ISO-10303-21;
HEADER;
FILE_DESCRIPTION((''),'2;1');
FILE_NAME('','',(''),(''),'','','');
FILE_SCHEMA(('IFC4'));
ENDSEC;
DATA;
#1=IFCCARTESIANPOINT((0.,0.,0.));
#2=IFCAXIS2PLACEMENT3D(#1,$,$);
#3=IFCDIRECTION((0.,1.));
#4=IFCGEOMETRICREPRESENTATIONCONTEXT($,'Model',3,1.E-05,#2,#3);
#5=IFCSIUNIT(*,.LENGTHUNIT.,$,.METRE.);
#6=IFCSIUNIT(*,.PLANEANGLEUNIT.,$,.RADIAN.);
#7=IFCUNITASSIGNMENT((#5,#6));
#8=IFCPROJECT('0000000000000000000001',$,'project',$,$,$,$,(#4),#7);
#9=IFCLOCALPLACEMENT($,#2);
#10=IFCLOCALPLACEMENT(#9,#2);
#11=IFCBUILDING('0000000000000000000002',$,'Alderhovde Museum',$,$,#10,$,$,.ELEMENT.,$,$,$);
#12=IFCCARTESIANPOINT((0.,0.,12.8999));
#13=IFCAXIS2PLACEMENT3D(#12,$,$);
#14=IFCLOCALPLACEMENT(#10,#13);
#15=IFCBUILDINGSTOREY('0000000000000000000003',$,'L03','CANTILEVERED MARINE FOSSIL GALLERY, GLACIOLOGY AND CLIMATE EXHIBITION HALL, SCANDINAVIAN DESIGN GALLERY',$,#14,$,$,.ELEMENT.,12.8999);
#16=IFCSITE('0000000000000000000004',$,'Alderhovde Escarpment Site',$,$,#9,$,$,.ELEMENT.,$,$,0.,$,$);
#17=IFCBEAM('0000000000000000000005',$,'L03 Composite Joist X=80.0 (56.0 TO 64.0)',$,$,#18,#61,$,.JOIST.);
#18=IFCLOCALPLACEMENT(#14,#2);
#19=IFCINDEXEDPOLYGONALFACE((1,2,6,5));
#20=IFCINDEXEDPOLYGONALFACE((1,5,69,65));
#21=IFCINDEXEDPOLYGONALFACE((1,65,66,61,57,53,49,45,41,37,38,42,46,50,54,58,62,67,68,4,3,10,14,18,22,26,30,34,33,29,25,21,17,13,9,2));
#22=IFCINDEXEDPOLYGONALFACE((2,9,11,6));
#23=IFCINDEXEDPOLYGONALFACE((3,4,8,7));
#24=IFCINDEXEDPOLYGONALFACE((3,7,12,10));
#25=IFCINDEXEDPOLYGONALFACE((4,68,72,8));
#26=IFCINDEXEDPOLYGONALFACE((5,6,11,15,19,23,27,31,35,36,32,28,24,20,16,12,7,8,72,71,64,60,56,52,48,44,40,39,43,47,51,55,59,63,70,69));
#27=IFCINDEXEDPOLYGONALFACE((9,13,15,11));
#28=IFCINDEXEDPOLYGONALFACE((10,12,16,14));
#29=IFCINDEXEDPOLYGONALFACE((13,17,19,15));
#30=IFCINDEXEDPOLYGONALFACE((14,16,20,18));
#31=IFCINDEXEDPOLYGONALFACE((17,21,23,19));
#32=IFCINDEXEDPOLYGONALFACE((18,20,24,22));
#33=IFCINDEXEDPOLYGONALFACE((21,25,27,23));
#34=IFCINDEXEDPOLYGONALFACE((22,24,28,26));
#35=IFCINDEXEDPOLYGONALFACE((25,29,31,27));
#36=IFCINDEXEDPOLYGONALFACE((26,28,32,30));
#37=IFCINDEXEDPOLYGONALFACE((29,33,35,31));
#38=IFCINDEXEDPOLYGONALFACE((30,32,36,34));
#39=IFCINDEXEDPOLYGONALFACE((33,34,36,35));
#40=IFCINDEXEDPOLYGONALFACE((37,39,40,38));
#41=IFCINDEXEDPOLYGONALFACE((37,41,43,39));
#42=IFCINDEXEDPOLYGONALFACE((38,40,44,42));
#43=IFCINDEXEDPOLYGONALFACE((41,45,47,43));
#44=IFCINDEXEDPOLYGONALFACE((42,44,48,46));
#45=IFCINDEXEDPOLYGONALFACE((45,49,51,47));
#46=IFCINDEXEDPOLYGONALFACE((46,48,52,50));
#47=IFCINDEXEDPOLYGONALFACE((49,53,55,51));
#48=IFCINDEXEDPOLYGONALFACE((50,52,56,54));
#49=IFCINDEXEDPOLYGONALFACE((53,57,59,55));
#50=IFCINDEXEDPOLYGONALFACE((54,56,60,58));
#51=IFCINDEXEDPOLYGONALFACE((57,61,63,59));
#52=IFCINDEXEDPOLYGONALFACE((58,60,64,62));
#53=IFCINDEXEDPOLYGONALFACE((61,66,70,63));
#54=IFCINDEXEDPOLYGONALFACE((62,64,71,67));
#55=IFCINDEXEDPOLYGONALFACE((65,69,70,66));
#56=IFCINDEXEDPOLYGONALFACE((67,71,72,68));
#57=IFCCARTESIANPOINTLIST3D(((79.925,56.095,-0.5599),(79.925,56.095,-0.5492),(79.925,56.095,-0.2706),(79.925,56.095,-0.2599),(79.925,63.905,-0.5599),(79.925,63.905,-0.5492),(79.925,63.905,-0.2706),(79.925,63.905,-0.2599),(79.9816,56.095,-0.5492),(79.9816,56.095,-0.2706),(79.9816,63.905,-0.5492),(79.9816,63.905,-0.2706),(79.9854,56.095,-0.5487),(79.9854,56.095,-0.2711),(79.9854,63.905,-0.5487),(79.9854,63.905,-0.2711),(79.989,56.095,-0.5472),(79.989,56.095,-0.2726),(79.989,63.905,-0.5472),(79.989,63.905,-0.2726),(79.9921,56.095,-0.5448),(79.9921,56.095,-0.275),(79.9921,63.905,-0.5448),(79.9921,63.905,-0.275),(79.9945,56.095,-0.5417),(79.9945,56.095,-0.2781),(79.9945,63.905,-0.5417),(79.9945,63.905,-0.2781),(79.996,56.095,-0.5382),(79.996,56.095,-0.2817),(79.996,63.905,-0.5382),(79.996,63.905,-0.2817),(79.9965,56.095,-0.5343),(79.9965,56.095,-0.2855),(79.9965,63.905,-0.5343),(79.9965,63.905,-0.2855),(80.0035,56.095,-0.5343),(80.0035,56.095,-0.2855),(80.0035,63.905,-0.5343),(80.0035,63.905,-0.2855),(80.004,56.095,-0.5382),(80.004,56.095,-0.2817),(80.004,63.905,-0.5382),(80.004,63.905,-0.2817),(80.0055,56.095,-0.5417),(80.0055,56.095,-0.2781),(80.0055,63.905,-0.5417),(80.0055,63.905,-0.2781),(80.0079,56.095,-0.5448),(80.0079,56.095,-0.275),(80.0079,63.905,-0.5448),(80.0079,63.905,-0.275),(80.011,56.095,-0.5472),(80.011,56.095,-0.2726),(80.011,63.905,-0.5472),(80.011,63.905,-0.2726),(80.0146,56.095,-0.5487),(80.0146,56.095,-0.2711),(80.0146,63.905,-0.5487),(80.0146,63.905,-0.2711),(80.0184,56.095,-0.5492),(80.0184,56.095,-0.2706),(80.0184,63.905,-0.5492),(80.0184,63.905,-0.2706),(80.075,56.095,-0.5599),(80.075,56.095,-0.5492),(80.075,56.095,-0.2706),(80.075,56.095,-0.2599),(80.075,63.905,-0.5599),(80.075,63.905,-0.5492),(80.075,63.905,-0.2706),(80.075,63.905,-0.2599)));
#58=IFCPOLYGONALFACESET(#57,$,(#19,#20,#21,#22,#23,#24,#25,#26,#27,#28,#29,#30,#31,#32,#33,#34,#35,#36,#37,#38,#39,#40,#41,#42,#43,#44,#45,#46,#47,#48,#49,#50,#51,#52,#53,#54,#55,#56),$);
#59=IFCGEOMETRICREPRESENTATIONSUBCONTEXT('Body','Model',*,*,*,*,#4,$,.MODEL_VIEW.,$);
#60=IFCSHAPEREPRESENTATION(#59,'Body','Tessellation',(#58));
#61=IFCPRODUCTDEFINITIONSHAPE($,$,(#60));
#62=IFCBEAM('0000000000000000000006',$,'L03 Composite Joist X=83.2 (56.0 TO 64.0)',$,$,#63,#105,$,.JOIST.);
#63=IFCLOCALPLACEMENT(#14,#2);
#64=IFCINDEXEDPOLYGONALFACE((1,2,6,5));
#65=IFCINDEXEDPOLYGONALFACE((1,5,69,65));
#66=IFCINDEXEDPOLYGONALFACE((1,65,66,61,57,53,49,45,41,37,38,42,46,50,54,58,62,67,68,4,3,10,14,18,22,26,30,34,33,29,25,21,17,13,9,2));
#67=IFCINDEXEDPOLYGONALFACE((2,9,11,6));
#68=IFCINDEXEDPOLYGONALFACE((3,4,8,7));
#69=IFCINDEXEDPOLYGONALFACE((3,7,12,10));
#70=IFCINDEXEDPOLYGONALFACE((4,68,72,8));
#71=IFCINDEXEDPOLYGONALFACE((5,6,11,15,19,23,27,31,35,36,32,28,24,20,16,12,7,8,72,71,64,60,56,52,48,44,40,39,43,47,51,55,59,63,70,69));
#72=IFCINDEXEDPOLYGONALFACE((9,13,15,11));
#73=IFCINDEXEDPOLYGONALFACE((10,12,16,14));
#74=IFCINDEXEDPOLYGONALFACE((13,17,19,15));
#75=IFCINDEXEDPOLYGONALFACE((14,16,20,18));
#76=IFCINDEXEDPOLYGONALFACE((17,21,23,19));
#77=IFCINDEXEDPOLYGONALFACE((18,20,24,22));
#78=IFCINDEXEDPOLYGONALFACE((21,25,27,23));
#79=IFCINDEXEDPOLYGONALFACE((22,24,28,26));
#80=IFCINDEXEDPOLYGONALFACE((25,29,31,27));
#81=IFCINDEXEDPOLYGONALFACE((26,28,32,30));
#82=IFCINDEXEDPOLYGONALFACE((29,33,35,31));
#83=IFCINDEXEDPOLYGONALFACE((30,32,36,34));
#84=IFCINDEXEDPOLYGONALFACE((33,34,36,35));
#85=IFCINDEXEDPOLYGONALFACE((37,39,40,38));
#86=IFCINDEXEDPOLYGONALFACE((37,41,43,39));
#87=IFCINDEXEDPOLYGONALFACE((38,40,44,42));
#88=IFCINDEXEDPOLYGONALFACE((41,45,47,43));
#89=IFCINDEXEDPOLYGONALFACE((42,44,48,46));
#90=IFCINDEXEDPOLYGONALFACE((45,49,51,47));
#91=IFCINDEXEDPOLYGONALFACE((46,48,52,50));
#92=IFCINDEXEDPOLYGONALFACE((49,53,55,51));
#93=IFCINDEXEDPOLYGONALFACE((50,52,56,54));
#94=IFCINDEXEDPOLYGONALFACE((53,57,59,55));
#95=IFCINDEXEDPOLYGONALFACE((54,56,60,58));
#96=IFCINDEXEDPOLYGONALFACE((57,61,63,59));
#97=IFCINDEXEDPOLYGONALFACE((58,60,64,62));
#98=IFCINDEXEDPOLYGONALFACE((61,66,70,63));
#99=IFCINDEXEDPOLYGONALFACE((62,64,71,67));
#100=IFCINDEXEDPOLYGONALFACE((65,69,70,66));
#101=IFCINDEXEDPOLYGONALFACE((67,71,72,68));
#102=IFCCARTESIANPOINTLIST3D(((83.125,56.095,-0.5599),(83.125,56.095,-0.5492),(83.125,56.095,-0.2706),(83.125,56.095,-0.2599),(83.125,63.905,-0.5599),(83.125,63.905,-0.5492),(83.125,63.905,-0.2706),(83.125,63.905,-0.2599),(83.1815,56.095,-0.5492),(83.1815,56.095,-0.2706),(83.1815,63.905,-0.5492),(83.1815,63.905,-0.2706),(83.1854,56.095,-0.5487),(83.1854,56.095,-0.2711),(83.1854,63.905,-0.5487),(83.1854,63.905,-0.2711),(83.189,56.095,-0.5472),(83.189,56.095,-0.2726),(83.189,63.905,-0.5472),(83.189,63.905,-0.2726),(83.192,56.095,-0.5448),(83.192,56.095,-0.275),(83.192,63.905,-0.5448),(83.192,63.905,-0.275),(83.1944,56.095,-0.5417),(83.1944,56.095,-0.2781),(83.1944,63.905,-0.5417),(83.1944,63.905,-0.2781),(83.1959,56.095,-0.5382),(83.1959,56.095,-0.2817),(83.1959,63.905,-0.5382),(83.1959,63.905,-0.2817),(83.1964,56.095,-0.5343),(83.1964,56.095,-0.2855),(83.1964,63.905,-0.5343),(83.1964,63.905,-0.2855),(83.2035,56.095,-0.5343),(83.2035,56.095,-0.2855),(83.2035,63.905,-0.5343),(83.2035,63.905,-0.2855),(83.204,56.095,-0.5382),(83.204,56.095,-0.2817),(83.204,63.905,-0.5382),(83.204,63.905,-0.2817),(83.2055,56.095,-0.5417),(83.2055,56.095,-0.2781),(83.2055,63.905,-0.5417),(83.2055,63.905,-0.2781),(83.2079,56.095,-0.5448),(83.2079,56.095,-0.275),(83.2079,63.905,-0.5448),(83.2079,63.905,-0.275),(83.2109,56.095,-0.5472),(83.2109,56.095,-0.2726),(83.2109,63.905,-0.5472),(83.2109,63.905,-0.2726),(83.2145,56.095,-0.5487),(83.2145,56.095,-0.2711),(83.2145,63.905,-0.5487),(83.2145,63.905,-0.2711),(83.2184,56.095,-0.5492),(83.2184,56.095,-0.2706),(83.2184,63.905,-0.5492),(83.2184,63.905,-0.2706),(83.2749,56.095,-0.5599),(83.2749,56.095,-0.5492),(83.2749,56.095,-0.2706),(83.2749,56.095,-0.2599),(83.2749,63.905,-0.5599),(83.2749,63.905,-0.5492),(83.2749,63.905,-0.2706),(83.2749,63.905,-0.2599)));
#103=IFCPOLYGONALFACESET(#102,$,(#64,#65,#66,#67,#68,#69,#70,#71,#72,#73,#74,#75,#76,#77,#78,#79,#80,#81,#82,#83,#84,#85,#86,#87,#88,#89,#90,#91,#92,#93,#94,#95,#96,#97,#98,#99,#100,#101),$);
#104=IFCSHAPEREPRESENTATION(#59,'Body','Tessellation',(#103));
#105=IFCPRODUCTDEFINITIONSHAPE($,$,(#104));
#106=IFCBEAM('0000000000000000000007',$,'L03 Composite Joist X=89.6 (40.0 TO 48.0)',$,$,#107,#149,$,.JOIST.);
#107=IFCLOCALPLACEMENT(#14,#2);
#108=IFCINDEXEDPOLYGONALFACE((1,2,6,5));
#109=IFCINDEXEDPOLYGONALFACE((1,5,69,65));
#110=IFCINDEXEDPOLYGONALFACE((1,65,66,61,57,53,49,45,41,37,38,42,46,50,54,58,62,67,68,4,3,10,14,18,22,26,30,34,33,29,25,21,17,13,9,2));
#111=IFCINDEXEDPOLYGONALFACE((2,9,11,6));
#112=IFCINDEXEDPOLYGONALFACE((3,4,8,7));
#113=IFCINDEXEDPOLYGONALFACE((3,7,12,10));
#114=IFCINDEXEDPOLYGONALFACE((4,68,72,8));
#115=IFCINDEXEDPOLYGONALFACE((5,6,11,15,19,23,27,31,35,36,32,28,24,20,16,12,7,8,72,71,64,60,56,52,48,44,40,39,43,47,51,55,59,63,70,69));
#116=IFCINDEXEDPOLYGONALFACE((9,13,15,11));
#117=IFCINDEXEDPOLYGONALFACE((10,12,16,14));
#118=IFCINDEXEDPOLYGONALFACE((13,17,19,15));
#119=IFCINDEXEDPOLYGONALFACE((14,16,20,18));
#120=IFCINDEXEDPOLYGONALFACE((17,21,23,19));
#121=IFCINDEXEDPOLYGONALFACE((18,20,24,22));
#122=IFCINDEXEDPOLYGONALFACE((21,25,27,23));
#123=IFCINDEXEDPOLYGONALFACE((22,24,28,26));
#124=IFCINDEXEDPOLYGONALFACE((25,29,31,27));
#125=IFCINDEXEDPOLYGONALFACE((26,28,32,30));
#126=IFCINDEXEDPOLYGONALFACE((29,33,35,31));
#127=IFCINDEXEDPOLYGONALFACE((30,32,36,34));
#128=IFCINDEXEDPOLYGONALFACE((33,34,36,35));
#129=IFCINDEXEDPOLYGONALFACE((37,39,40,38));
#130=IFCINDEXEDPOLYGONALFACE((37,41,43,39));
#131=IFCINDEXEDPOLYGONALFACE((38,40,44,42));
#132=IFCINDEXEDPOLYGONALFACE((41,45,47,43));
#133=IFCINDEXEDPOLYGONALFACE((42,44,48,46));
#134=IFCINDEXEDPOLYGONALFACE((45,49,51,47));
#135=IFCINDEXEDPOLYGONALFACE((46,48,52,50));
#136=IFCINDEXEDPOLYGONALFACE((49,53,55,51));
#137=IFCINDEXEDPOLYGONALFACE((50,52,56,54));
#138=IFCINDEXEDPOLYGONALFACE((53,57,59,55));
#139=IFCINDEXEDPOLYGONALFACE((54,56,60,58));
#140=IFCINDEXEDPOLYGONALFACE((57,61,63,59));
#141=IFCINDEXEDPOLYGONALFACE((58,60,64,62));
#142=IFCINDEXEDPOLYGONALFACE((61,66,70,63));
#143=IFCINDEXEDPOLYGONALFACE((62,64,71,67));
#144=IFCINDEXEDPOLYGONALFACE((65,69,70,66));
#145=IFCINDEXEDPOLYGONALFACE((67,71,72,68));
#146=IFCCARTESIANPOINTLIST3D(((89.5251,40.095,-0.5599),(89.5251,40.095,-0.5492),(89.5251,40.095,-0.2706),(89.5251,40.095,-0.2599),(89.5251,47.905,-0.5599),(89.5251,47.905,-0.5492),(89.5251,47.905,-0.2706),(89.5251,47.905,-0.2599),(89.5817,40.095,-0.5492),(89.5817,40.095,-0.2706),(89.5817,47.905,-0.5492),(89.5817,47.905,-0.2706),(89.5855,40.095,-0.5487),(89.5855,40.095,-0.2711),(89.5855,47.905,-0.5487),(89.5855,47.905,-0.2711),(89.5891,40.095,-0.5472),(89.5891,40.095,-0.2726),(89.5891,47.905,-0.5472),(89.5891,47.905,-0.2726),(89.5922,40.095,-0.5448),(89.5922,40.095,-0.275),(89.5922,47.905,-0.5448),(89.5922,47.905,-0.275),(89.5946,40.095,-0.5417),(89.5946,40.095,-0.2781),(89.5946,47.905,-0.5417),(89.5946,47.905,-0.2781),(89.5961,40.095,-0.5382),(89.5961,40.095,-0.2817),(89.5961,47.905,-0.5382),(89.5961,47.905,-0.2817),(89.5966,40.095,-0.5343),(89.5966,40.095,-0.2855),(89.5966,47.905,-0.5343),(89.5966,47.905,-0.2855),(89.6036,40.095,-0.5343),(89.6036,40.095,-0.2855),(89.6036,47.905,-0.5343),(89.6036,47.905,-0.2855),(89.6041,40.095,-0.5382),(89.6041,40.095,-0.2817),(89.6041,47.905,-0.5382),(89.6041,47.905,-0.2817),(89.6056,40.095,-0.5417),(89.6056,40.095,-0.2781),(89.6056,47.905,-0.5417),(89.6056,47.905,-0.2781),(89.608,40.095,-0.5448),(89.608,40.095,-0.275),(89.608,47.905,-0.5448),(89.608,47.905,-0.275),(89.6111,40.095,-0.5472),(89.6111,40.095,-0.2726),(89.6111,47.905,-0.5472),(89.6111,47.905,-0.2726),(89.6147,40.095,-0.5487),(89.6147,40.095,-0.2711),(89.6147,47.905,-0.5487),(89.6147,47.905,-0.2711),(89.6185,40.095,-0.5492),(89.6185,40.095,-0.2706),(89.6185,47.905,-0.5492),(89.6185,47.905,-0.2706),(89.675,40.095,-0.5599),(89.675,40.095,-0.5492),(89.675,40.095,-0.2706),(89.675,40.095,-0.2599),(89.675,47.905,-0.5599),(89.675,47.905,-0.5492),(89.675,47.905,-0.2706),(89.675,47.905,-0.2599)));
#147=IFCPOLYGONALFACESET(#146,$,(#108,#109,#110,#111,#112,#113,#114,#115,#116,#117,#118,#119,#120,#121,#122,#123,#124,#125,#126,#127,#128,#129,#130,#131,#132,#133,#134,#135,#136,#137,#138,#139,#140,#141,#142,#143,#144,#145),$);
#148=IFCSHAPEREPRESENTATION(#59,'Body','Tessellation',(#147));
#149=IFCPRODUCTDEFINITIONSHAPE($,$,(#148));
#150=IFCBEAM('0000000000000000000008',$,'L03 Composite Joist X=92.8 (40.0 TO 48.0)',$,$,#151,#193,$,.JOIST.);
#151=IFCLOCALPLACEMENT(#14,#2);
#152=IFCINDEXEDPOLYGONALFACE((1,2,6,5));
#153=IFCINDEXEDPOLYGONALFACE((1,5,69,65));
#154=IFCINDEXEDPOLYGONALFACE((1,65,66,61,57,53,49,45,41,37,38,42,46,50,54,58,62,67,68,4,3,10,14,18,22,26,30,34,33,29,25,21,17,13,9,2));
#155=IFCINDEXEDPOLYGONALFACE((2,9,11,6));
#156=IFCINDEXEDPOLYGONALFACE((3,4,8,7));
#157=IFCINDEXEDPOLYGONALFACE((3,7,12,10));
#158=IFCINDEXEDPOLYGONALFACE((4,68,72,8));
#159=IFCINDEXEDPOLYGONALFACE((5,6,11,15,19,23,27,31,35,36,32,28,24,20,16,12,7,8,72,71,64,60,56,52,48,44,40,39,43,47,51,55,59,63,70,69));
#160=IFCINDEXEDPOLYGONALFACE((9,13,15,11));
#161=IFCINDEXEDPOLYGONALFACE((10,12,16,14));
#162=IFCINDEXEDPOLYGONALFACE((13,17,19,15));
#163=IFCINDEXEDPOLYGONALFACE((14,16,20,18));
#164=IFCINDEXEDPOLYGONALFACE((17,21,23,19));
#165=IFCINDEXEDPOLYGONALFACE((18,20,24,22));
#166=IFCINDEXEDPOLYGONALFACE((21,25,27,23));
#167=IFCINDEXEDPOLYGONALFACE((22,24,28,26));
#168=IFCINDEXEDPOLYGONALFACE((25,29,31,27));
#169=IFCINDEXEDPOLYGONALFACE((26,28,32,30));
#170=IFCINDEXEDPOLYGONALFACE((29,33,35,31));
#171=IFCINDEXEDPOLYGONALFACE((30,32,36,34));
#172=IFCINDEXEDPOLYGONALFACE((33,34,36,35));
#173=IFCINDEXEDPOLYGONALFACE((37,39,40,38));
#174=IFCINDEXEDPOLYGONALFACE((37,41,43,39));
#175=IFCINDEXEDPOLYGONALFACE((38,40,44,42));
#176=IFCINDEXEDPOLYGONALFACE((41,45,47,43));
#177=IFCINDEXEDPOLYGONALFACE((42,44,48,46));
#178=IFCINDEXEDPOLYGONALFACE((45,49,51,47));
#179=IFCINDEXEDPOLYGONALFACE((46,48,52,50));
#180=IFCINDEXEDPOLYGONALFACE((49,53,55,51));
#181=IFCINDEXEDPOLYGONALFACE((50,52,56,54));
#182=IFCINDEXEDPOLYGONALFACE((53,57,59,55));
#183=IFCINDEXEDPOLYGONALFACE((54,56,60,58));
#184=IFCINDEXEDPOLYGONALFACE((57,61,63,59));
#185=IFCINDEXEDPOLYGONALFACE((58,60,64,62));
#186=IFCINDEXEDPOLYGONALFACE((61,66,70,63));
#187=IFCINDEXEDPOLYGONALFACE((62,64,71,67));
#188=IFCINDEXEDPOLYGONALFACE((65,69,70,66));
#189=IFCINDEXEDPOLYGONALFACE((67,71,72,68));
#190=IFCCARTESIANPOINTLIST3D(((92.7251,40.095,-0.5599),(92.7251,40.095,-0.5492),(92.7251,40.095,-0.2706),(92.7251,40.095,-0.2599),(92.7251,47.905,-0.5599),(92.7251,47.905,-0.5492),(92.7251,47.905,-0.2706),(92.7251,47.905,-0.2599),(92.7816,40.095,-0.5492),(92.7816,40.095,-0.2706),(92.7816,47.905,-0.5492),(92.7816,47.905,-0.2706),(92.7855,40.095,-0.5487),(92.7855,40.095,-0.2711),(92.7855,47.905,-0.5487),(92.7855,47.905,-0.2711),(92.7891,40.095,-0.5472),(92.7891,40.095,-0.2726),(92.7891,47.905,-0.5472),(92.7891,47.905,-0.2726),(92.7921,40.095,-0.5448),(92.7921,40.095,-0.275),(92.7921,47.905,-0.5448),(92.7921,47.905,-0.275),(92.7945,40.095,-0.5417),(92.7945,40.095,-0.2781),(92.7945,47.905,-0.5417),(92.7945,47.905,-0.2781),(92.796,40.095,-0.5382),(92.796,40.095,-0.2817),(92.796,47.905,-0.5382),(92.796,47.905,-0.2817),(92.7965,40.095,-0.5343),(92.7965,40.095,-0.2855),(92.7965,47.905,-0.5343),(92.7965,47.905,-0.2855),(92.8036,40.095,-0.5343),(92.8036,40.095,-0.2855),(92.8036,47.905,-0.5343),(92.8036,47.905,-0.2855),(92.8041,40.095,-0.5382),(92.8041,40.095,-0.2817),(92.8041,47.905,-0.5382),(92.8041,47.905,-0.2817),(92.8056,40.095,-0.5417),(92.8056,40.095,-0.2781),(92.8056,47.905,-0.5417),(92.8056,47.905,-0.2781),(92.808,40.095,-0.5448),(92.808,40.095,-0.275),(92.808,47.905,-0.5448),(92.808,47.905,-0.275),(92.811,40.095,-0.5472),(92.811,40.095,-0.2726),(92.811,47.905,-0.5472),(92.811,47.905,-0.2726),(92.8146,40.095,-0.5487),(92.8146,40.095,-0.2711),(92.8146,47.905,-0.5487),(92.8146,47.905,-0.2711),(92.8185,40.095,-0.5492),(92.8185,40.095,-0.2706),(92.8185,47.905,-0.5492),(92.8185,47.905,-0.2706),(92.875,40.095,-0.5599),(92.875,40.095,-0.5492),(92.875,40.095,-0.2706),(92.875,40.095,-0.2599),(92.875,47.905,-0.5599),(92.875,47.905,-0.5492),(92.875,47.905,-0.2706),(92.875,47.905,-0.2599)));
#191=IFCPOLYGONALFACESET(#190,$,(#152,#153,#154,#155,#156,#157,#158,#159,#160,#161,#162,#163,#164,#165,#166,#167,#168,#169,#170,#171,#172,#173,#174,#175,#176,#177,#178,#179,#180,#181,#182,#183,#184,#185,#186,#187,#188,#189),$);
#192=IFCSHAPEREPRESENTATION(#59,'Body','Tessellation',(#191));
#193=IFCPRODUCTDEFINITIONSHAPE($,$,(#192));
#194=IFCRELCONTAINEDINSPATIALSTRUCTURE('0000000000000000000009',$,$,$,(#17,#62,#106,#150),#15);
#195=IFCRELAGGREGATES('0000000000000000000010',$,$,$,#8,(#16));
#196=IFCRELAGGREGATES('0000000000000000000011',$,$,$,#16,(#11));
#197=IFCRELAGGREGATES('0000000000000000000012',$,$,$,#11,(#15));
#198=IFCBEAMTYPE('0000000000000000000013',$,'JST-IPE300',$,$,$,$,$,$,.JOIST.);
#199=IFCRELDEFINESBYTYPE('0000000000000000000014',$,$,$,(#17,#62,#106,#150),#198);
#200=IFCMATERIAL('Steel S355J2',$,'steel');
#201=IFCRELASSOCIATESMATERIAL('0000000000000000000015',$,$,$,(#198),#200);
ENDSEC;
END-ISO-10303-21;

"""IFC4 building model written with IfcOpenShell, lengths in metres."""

from ifc_helpers import new_model, si_unit, direction, frame, origin, origin_2d, place, context, subcontext, project, spatial, i_section, extrude, material, material_profile, profile_set, type_object, element, save


model = new_model("IFC4")

# Units and contexts
model_context = context("Model", 3, precision=1e-05, world=origin(), true_north=direction((0.0, 1.0)))
body_context = subcontext(model_context, "Body", "Model", "MODEL_VIEW")
ifc_project = project(units=[si_unit("LENGTHUNIT", "METRE"), si_unit("PLANEANGLEUNIT", "RADIAN")], contexts=[model_context])

# Site, building, storey
site_placement = place(None, origin())
site = spatial("IfcSite", under=ifc_project, at=site_placement, Name="Alderhovde Escarpment Site", CompositionType="ELEMENT", RefElevation=0.0)
building_placement = place(site_placement, origin())
building = spatial("IfcBuilding", under=site, at=building_placement, Name="Alderhovde Museum", CompositionType="ELEMENT")
storey_placement = place(building_placement, frame((0.0, 0.0, 12.8999)))
storey = spatial("IfcBuildingStorey", under=building, at=storey_placement, Name="L03", Description="CANTILEVERED MARINE FOSSIL GALLERY, GLACIOLOGY AND CLIMATE EXHIBITION HALL, SCANDINAVIAN DESIGN GALLERY", CompositionType="ELEMENT", Elevation=12.8999)

# Beams
ifc_material_1 = material(Name="Steel S355J2", Category="steel")
ifc_material_profile_1 = material_profile(ifc_material_1, i_section(OverallWidth=0.1499, OverallDepth=0.3, WebThickness=0.0071, FlangeThickness=0.0107, FilletRadius=0.0149, at=origin_2d()), Name="IPE 300")
ifc_profile_set_1 = profile_set([ifc_material_profile_1], Name="Steel S355J2")
beam_type_1 = type_object("IfcBeamType", Name="JST-IPE300", PredefinedType="JOIST", material=ifc_profile_set_1)
for number, where, z_axis, x_axis, name in (
    (1, (80.0, 56.095, -0.4099), (0.0, 1.0, 0.0), (-1.0, 0.0, 0.0), "L03 Composite Joist X=80.0 (56.0 TO 64.0)"),
    (2, (83.2, 56.095, -0.4099), (0.0, 1.0, 0.0), (-1.0, 0.0, 0.0), "L03 Composite Joist X=83.2 (56.0 TO 64.0)"),
    (3, (89.6001, 40.095, -0.4099), (0.0, 1.0, 0.0), (-1.0, 0.0, 0.0), "L03 Composite Joist X=89.6 (40.0 TO 48.0)"),
    (4, (92.8, 40.095, -0.4099), (0.0, 1.0, 0.0), (-1.0, 0.0, 0.0), "L03 Composite Joist X=92.8 (40.0 TO 48.0)"),
):
    element("IfcBeam", number, at=place(storey_placement, frame(where, z_axis=z_axis, x_axis=x_axis)), inside=storey, type_object=beam_type_1, Name=name, PredefinedType="JOIST", context=body_context, shape_type="SweptSolid", body=[
        extrude(i_section(OverallWidth=0.1499, OverallDepth=0.3, WebThickness=0.0071, FlangeThickness=0.0107, FilletRadius=0.0149, at=origin_2d()), origin(), (0.0, 0.0, 1.0), 7.8101),
    ])

save(model, "model.ifc")
